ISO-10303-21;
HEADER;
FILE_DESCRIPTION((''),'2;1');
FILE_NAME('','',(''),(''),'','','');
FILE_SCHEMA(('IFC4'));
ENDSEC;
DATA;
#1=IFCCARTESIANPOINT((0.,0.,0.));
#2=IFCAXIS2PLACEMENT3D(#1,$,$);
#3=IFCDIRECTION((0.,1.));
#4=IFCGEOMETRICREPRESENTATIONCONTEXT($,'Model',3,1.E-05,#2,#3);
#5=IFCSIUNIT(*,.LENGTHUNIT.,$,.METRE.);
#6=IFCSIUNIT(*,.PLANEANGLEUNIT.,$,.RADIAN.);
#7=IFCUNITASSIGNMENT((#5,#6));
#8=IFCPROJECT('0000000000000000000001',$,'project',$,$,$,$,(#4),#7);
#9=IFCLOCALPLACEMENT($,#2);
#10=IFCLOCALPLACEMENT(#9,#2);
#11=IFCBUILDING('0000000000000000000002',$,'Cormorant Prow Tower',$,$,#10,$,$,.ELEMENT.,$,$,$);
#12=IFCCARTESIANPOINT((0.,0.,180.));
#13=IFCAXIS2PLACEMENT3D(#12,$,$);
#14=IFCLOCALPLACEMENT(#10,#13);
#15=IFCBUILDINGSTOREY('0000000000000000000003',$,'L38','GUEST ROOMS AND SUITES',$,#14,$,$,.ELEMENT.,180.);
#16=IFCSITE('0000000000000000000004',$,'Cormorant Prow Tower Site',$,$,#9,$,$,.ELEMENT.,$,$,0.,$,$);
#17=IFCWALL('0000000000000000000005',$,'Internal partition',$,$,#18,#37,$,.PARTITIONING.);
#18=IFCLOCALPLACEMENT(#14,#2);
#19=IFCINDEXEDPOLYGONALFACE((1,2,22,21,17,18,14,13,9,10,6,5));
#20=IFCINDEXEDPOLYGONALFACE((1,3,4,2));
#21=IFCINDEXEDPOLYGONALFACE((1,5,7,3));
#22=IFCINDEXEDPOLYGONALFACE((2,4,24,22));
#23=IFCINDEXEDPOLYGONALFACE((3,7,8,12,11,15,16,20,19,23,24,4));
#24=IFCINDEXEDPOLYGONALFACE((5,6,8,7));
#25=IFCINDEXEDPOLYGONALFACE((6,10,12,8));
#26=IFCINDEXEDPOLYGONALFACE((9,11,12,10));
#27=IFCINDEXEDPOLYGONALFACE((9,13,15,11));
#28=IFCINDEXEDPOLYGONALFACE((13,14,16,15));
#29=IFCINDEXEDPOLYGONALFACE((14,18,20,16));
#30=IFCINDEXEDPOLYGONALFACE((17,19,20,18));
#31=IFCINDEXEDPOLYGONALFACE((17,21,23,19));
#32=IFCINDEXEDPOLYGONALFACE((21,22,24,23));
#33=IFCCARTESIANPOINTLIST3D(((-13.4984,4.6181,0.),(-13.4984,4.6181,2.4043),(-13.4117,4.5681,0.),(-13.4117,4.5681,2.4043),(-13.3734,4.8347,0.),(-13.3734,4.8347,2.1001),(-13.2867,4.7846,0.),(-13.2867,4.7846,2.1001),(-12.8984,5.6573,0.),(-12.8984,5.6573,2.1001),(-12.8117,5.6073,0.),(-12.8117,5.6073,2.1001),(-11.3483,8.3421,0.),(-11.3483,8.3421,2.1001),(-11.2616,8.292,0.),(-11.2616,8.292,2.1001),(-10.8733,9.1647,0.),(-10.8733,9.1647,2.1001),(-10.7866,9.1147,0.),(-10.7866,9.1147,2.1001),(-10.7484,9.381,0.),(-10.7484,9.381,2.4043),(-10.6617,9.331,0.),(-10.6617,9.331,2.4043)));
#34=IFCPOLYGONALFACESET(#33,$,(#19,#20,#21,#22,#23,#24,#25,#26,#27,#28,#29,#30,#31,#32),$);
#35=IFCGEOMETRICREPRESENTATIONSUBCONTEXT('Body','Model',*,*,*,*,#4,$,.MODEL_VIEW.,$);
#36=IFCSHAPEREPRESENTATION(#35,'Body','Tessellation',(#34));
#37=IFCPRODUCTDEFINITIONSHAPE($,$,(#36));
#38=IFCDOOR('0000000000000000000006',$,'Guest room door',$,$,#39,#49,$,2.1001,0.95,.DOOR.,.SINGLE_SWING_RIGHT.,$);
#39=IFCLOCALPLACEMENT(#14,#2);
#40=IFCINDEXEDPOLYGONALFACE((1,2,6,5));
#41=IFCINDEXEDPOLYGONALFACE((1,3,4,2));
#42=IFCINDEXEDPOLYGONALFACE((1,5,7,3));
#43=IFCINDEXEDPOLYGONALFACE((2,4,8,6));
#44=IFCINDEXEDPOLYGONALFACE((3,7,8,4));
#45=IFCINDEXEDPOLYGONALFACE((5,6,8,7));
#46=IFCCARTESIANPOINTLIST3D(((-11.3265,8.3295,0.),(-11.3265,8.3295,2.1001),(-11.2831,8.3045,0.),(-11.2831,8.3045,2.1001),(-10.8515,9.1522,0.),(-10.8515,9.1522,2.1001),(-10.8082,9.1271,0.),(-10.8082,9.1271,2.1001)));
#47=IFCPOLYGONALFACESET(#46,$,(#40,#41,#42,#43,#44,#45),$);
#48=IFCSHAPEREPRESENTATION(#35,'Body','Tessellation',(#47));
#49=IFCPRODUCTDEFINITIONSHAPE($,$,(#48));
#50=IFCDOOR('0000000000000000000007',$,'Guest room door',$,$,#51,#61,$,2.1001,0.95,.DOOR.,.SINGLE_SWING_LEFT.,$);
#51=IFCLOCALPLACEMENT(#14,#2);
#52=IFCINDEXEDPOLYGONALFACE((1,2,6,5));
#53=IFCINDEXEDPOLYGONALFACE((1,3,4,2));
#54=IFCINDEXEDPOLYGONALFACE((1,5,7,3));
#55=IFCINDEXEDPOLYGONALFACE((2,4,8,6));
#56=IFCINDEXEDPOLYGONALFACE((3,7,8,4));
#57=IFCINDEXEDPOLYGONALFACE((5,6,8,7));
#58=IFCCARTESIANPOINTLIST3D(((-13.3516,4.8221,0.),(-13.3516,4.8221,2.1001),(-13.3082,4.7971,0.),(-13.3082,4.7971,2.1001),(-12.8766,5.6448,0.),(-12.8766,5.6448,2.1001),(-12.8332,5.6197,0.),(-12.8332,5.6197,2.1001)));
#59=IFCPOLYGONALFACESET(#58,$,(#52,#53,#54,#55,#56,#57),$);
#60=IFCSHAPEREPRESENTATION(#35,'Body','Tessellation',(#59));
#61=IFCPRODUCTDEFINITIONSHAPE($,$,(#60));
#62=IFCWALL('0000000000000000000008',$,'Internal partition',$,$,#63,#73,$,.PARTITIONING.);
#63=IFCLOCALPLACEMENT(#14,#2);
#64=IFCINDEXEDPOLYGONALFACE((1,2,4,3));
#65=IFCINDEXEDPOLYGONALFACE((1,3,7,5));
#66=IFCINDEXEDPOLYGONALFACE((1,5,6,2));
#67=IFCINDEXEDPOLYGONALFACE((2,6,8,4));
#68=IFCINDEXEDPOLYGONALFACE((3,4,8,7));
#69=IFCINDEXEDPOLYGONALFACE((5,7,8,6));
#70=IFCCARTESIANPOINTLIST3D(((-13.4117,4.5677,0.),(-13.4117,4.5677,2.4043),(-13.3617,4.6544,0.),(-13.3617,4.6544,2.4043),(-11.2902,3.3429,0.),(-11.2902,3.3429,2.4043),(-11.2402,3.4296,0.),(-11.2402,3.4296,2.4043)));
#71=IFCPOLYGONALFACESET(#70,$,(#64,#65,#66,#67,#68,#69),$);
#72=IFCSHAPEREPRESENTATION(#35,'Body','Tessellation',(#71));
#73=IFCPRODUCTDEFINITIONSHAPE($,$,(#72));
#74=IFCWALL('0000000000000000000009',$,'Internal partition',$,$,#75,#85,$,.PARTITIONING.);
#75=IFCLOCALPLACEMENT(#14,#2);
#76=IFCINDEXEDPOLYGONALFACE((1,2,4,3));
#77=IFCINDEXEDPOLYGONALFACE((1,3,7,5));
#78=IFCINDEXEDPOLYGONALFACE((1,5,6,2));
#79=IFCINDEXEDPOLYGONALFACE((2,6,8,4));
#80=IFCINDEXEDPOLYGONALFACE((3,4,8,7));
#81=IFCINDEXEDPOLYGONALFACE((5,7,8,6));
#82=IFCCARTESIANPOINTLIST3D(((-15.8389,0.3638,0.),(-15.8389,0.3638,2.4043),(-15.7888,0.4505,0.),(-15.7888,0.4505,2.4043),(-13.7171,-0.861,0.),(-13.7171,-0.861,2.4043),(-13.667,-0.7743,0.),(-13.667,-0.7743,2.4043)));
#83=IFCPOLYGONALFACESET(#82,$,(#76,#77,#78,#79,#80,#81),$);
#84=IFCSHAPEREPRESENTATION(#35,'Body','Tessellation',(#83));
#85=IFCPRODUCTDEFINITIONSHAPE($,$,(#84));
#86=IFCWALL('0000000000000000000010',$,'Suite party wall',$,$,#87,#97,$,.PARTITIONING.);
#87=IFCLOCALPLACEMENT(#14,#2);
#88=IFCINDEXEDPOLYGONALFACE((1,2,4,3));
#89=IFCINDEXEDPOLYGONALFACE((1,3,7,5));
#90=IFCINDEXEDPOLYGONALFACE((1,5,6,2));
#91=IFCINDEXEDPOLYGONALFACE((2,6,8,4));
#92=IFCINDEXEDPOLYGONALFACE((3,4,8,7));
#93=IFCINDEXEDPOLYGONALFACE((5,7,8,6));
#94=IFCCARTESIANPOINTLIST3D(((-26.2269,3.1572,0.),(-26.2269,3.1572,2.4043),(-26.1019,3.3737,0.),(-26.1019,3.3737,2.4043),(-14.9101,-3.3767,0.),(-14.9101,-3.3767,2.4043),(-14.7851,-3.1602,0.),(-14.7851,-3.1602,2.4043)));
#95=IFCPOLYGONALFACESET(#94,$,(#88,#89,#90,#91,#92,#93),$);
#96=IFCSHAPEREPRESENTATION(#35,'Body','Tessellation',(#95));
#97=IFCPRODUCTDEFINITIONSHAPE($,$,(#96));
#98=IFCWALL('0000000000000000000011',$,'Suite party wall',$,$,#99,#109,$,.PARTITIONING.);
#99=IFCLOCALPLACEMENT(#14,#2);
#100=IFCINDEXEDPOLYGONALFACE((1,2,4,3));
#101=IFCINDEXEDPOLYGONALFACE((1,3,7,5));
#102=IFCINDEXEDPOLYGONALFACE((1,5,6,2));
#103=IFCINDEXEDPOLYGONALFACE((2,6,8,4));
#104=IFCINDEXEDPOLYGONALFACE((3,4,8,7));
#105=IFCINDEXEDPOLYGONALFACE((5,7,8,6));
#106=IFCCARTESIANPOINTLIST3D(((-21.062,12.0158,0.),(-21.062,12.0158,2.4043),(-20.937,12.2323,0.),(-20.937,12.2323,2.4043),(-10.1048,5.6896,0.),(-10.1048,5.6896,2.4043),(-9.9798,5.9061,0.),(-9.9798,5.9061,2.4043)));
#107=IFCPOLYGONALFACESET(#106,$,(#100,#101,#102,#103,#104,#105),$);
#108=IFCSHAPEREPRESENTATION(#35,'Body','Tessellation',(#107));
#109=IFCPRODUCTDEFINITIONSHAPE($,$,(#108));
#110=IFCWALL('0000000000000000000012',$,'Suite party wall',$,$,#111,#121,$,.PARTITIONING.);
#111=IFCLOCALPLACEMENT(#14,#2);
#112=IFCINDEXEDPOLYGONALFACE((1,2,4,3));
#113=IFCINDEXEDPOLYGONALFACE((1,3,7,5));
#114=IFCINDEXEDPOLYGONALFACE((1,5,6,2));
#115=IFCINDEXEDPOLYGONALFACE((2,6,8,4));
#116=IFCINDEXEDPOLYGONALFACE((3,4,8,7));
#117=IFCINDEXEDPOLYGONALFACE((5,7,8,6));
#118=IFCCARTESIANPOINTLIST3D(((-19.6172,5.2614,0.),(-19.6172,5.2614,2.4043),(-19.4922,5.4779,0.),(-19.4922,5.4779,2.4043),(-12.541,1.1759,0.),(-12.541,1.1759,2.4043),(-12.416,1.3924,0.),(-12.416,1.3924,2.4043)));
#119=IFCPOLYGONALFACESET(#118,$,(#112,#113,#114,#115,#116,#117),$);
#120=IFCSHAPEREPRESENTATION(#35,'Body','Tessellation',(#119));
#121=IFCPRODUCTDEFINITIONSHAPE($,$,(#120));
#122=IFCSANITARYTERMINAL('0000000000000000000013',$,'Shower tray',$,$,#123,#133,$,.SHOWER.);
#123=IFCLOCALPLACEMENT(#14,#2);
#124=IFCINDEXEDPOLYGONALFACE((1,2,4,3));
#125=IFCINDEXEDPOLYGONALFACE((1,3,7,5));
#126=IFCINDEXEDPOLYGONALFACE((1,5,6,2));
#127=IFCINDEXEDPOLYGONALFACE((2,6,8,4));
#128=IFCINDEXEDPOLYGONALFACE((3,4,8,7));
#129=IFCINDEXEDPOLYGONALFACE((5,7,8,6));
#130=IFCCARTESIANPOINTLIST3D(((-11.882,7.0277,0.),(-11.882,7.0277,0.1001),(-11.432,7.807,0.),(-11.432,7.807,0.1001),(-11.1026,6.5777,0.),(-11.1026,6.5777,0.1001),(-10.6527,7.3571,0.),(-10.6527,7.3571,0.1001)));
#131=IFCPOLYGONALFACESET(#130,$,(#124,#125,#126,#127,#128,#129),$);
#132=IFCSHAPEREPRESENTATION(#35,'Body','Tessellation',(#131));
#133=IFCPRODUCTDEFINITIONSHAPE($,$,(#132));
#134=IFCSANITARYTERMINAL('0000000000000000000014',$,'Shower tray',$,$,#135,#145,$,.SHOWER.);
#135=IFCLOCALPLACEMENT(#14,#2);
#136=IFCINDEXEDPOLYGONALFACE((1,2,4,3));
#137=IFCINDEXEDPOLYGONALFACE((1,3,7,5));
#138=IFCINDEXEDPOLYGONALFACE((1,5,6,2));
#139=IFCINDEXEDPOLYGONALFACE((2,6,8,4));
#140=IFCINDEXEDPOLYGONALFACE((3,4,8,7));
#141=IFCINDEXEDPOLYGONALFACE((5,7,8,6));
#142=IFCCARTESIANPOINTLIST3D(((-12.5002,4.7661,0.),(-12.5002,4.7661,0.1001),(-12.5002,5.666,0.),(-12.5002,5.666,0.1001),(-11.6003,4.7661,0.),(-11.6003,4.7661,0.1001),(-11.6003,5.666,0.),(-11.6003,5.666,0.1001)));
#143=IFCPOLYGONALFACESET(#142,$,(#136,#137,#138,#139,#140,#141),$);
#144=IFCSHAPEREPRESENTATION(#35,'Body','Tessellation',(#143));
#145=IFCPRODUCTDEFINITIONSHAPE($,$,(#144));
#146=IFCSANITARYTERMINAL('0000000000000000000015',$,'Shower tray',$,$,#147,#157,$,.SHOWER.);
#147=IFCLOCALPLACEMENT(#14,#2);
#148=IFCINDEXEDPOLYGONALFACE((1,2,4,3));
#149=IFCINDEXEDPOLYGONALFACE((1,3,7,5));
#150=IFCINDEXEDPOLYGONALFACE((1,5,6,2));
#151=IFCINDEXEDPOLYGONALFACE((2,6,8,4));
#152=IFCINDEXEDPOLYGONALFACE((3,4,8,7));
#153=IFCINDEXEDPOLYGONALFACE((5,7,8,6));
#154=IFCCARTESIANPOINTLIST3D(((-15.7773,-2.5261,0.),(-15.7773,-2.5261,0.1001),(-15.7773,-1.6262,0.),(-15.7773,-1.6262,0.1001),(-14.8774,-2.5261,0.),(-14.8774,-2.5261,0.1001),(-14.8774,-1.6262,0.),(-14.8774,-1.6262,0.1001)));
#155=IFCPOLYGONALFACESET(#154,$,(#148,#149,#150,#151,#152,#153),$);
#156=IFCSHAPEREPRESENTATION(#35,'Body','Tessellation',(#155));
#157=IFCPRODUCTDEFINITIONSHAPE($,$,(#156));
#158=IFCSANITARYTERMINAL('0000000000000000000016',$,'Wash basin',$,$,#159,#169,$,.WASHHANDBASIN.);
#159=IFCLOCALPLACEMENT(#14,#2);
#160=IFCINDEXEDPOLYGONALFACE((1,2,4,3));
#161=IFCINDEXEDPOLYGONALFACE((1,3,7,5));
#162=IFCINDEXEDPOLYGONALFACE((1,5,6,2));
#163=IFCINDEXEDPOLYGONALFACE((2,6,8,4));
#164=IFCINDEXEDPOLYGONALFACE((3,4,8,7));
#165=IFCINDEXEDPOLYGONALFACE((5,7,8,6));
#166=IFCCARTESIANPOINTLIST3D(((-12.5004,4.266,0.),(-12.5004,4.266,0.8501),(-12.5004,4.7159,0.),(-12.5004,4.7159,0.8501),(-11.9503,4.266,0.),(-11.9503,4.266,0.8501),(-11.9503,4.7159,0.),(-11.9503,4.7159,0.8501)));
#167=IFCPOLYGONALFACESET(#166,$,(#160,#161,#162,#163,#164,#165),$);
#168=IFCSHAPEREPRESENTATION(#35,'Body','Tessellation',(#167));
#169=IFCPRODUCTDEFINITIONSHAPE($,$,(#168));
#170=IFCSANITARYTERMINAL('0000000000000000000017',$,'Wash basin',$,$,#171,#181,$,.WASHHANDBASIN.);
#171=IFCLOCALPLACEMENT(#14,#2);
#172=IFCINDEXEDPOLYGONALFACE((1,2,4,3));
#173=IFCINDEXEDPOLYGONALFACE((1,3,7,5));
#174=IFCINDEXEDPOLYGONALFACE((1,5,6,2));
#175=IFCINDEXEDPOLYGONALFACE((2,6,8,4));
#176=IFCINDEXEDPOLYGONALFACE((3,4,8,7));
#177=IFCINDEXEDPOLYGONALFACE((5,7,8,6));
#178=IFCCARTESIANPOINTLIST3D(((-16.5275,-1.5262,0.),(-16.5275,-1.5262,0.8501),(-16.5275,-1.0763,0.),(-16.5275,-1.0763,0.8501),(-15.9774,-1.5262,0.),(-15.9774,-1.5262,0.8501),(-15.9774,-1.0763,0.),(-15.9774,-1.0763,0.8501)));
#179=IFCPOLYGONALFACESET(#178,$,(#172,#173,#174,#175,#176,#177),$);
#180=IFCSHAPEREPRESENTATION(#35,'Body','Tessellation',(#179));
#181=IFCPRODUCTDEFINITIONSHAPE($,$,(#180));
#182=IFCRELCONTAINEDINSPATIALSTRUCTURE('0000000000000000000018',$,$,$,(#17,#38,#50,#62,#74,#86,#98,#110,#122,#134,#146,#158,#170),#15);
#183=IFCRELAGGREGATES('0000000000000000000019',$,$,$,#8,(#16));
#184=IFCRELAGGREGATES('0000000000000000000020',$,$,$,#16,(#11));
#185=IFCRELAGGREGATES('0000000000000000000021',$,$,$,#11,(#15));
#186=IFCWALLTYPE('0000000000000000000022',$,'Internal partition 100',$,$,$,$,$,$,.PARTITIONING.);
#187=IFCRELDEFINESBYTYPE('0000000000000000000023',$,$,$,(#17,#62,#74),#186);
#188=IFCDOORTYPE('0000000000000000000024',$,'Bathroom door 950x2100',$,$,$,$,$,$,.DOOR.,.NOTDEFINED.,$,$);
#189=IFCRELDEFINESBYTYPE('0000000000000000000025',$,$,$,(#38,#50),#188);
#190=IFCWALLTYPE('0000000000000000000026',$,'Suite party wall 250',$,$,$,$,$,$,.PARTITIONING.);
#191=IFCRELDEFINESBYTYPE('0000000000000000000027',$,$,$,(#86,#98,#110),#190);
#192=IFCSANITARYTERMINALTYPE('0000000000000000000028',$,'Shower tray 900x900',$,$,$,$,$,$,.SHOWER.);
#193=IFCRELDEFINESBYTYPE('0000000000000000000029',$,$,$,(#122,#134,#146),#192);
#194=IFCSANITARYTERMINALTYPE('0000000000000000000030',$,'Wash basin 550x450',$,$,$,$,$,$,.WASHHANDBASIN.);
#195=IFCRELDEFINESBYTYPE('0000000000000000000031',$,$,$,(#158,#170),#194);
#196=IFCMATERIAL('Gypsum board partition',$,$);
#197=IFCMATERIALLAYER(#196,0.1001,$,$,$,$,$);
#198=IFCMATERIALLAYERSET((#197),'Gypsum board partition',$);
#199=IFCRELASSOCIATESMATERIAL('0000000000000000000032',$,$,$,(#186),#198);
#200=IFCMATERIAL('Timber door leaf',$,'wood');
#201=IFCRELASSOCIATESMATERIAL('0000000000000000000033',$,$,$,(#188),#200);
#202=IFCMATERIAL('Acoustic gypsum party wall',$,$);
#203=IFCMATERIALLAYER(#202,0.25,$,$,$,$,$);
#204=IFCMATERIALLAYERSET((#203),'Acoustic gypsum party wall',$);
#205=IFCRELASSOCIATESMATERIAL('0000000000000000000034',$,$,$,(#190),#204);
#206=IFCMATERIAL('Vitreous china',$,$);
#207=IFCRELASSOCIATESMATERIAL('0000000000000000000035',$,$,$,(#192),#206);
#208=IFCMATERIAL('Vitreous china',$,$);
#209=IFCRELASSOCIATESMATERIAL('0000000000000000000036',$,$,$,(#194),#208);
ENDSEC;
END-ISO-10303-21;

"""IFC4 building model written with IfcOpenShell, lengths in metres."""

from ifc_helpers import new_model, si_unit, direction, frame, frame_2d, origin, origin_2d, place, context, subcontext, project, spatial, rectangle, extrude, material, layer, layer_set, type_object, element, fill, save


model = new_model("IFC4")

# Units and contexts
model_context = context("Model", 3, precision=1e-05, world=origin(), true_north=direction((0.0, 1.0)))
body_context = subcontext(model_context, "Body", "Model", "MODEL_VIEW")
ifc_project = project(units=[si_unit("LENGTHUNIT", "METRE"), si_unit("PLANEANGLEUNIT", "RADIAN")], contexts=[model_context])

# Site, building, storey
site_placement = place(None, origin())
site = spatial("IfcSite", under=ifc_project, at=site_placement, Name="Cormorant Prow Tower Site", CompositionType="ELEMENT", RefElevation=0.0)
building_placement = place(site_placement, origin())
building = spatial("IfcBuilding", under=site, at=building_placement, Name="Cormorant Prow Tower", CompositionType="ELEMENT")
storey_placement = place(building_placement, frame((0.0, 0.0, 180.0)))
storey = spatial("IfcBuildingStorey", under=building, at=storey_placement, Name="L38", Description="GUEST ROOMS AND SUITES", CompositionType="ELEMENT", Elevation=180.0)

# Wall, openings, doors
ifc_material_1 = material(Name="Gypsum board partition")
ifc_layer_1 = layer(ifc_material_1, 0.1001)
ifc_layer_set_1 = layer_set([ifc_layer_1], Name="Gypsum board partition")
wall_type_1 = type_object("IfcWallType", Name="Internal partition 100", PredefinedType="PARTITIONING", material=ifc_layer_set_1)
wall_1_placement = place(storey_placement, frame((-13.4551, 4.593, 0.0), z_axis=(0.0, 0.0, 1.0), x_axis=(0.500016, 0.866016, 0.0)))
wall_1 = element("IfcWall", 1, at=wall_1_placement, inside=storey, type_object=wall_type_1, Name="Internal partition", PredefinedType="PARTITIONING", context=body_context, shape_type="SweptSolid", body=[
    extrude(rectangle(XDim=5.4998, YDim=0.1001, at=frame_2d((2.75, 0.0))), origin(), (0.0, 0.0, 1.0), 2.4043),
])
opening_1_placement = place(wall_1_placement, frame((4.3, 0.0, 0.0)))
opening_1 = element("IfcOpeningElement", 2, at=opening_1_placement, cuts=wall_1, PredefinedType="OPENING", context=body_context, shape_type="SweptSolid", body=[
    extrude(rectangle(XDim=0.95, YDim=2.1001, at=frame_2d((0.4751, 1.05))), frame((0.0, 0.0601, 0.0), z_axis=(0.0, -1.0, 0.0), x_axis=(1.0, 0.0, 0.0)), (0.0, 0.0, 1.0), 0.1201),
])
opening_2_placement = place(wall_1_placement, frame((0.25, 0.0, 0.0)))
opening_2 = element("IfcOpeningElement", 3, at=opening_2_placement, cuts=wall_1, PredefinedType="OPENING", context=body_context, shape_type="SweptSolid", body=[
    extrude(rectangle(XDim=0.95, YDim=2.1001, at=frame_2d((0.4751, 1.05))), frame((0.0, 0.0601, 0.0), z_axis=(0.0, -1.0, 0.0), x_axis=(1.0, 0.0, 0.0)), (0.0, 0.0, 1.0), 0.1201),
])
ifc_material_2 = material(Name="Timber door leaf", Category="wood")
door_type_1 = type_object("IfcDoorType", Name="Bathroom door 950x2100", OperationType="NOTDEFINED", PredefinedType="DOOR", material=ifc_material_2)
door_1_placement = place(opening_1_placement, origin())
door_1 = element("IfcDoor", 4, at=door_1_placement, inside=storey, type_object=door_type_1, Name="Guest room door", OperationType="SINGLE_SWING_RIGHT", OverallHeight=2.1001, OverallWidth=0.95, PredefinedType="DOOR", context=body_context, shape_type="SweptSolid", body=[
    extrude(rectangle(XDim=0.95, YDim=2.1001, at=frame_2d((0.4751, 1.05))), frame((0.0, 0.0249, 0.0), z_axis=(0.0, -1.0, 0.0), x_axis=(1.0, 0.0, 0.0)), (0.0, 0.0, 1.0), 0.05),
])
fill(opening_1, door_1)
door_2_placement = place(opening_2_placement, origin())
door_2 = element("IfcDoor", 5, at=door_2_placement, inside=storey, type_object=door_type_1, Name="Guest room door", OperationType="SINGLE_SWING_LEFT", OverallHeight=2.1001, OverallWidth=0.95, PredefinedType="DOOR", context=body_context, shape_type="SweptSolid", body=[
    extrude(rectangle(XDim=0.95, YDim=2.1001, at=frame_2d((0.4751, 1.05))), frame((0.0, 0.0249, 0.0), z_axis=(0.0, -1.0, 0.0), x_axis=(1.0, 0.0, 0.0)), (0.0, 0.0, 1.0), 0.05),
])
fill(opening_2, door_2)

# Walls
wall_2_placement = place(storey_placement, frame((-13.3867, 4.6111, 0.0), z_axis=(0.0, 0.0, 1.0), x_axis=(0.866033, -0.499987, 0.0)))
element("IfcWall", 6, at=wall_2_placement, inside=storey, type_object=wall_type_1, Name="Internal partition", PredefinedType="PARTITIONING", context=body_context, shape_type="SweptSolid", body=[
    extrude(rectangle(XDim=2.4497, YDim=0.1001, at=frame_2d((1.2249, 0.0))), origin(), (0.0, 0.0, 1.0), 2.4043),
])
wall_3_placement = place(storey_placement, frame((-15.814, 0.4072, 0.0), z_axis=(0.0, 0.0, 1.0), x_axis=(0.866058, -0.499944, 0.0)))
element("IfcWall", 7, at=wall_3_placement, inside=storey, type_object=wall_type_1, Name="Internal partition", PredefinedType="PARTITIONING", context=body_context, shape_type="SweptSolid", body=[
    extrude(rectangle(XDim=2.45, YDim=0.1001, at=frame_2d((1.2251, 0.0))), origin(), (0.0, 0.0, 1.0), 2.4043),
])
ifc_material_3 = material(Name="Acoustic gypsum party wall")
ifc_layer_2 = layer(ifc_material_3, 0.25)
ifc_layer_set_2 = layer_set([ifc_layer_2], Name="Acoustic gypsum party wall")
wall_type_2 = type_object("IfcWallType", Name="Suite party wall 250", PredefinedType="PARTITIONING", material=ifc_layer_set_2)
wall_4_placement = place(storey_placement, frame((-26.1643, 3.2654, 0.0), z_axis=(0.0, 0.0, 1.0), x_axis=(0.866021, -0.500007, 0.0)))
element("IfcWall", 8, at=wall_4_placement, inside=storey, type_object=wall_type_2, Name="Suite party wall", PredefinedType="PARTITIONING", context=body_context, shape_type="SweptSolid", body=[
    extrude(rectangle(XDim=13.0676, YDim=0.25, at=frame_2d((6.5337, 0.0))), origin(), (0.0, 0.0, 1.0), 2.4043),
])
wall_5_placement = place(storey_placement, frame((-20.9995, 12.124, 0.0), z_axis=(0.0, 0.0, 1.0), x_axis=(0.866026, -0.499999, 0.0)))
element("IfcWall", 9, at=wall_5_placement, inside=storey, type_object=wall_type_2, Name="Suite party wall", PredefinedType="PARTITIONING", context=body_context, shape_type="SweptSolid", body=[
    extrude(rectangle(XDim=12.6523, YDim=0.25, at=frame_2d((6.3262, 0.0))), origin(), (0.0, 0.0, 1.0), 2.4043),
])
wall_6_placement = place(storey_placement, frame((-19.5547, 5.3696, 0.0), z_axis=(0.0, 0.0, 1.0), x_axis=(0.866024, -0.500002, 0.0)))
element("IfcWall", 10, at=wall_6_placement, inside=storey, type_object=wall_type_2, Name="Suite party wall", PredefinedType="PARTITIONING", context=body_context, shape_type="SweptSolid", body=[
    extrude(rectangle(XDim=8.1709, YDim=0.25, at=frame_2d((4.0854, 0.0))), origin(), (0.0, 0.0, 1.0), 2.4043),
])

# Sanitary terminals
ifc_material_4 = material(Name="Vitreous china")
sanitary_terminal_type_1 = type_object("IfcSanitaryTerminalType", Name="Shower tray 900x900", PredefinedType="SHOWER", material=ifc_material_4)
for number, where, z_axis, x_axis, name in (
    (11, (-11.2673, 7.1924, 0.0), (0.0, 0.0, 1.0), (0.5, 0.866025, 0.0), "Shower tray"),
    (12, (-12.0503, 5.2161, 0.0), (0.0, 0.0, 1.0), (1.0, 0.0, 0.0), "Shower tray"),
    (13, (-15.3274, -2.0762, 0.0), (0.0, 0.0, 1.0), (1.0, 0.0, 0.0), "Shower tray"),
):
    element("IfcSanitaryTerminal", number, at=place(storey_placement, frame(where, z_axis=z_axis, x_axis=x_axis)), inside=storey, type_object=sanitary_terminal_type_1, Name=name, PredefinedType="SHOWER", context=body_context, shape_type="SweptSolid", body=[
        extrude(rectangle(XDim=0.8999, YDim=0.8999, at=origin_2d()), origin(), (0.0, 0.0, 1.0), 0.1001),
    ])
ifc_material_5 = material(Name="Vitreous china")
sanitary_terminal_type_2 = type_object("IfcSanitaryTerminalType", Name="Wash basin 550x450", PredefinedType="WASHHANDBASIN", material=ifc_material_5)
for number, where, z_axis, x_axis, name in (
    (14, (-12.2253, 4.491, 0.0), (0.0, 0.0, 1.0), (1.0, 0.0, 0.0), "Wash basin"),
    (15, (-16.2524, -1.3013, 0.0), (0.0, 0.0, 1.0), (1.0, 0.0, 0.0), "Wash basin"),
):
    element("IfcSanitaryTerminal", number, at=place(storey_placement, frame(where, z_axis=z_axis, x_axis=x_axis)), inside=storey, type_object=sanitary_terminal_type_2, Name=name, PredefinedType="WASHHANDBASIN", context=body_context, shape_type="SweptSolid", body=[
        extrude(rectangle(XDim=0.55, YDim=0.45, at=origin_2d()), origin(), (0.0, 0.0, 1.0), 0.8501),
    ])

save(model, "model.ifc")
